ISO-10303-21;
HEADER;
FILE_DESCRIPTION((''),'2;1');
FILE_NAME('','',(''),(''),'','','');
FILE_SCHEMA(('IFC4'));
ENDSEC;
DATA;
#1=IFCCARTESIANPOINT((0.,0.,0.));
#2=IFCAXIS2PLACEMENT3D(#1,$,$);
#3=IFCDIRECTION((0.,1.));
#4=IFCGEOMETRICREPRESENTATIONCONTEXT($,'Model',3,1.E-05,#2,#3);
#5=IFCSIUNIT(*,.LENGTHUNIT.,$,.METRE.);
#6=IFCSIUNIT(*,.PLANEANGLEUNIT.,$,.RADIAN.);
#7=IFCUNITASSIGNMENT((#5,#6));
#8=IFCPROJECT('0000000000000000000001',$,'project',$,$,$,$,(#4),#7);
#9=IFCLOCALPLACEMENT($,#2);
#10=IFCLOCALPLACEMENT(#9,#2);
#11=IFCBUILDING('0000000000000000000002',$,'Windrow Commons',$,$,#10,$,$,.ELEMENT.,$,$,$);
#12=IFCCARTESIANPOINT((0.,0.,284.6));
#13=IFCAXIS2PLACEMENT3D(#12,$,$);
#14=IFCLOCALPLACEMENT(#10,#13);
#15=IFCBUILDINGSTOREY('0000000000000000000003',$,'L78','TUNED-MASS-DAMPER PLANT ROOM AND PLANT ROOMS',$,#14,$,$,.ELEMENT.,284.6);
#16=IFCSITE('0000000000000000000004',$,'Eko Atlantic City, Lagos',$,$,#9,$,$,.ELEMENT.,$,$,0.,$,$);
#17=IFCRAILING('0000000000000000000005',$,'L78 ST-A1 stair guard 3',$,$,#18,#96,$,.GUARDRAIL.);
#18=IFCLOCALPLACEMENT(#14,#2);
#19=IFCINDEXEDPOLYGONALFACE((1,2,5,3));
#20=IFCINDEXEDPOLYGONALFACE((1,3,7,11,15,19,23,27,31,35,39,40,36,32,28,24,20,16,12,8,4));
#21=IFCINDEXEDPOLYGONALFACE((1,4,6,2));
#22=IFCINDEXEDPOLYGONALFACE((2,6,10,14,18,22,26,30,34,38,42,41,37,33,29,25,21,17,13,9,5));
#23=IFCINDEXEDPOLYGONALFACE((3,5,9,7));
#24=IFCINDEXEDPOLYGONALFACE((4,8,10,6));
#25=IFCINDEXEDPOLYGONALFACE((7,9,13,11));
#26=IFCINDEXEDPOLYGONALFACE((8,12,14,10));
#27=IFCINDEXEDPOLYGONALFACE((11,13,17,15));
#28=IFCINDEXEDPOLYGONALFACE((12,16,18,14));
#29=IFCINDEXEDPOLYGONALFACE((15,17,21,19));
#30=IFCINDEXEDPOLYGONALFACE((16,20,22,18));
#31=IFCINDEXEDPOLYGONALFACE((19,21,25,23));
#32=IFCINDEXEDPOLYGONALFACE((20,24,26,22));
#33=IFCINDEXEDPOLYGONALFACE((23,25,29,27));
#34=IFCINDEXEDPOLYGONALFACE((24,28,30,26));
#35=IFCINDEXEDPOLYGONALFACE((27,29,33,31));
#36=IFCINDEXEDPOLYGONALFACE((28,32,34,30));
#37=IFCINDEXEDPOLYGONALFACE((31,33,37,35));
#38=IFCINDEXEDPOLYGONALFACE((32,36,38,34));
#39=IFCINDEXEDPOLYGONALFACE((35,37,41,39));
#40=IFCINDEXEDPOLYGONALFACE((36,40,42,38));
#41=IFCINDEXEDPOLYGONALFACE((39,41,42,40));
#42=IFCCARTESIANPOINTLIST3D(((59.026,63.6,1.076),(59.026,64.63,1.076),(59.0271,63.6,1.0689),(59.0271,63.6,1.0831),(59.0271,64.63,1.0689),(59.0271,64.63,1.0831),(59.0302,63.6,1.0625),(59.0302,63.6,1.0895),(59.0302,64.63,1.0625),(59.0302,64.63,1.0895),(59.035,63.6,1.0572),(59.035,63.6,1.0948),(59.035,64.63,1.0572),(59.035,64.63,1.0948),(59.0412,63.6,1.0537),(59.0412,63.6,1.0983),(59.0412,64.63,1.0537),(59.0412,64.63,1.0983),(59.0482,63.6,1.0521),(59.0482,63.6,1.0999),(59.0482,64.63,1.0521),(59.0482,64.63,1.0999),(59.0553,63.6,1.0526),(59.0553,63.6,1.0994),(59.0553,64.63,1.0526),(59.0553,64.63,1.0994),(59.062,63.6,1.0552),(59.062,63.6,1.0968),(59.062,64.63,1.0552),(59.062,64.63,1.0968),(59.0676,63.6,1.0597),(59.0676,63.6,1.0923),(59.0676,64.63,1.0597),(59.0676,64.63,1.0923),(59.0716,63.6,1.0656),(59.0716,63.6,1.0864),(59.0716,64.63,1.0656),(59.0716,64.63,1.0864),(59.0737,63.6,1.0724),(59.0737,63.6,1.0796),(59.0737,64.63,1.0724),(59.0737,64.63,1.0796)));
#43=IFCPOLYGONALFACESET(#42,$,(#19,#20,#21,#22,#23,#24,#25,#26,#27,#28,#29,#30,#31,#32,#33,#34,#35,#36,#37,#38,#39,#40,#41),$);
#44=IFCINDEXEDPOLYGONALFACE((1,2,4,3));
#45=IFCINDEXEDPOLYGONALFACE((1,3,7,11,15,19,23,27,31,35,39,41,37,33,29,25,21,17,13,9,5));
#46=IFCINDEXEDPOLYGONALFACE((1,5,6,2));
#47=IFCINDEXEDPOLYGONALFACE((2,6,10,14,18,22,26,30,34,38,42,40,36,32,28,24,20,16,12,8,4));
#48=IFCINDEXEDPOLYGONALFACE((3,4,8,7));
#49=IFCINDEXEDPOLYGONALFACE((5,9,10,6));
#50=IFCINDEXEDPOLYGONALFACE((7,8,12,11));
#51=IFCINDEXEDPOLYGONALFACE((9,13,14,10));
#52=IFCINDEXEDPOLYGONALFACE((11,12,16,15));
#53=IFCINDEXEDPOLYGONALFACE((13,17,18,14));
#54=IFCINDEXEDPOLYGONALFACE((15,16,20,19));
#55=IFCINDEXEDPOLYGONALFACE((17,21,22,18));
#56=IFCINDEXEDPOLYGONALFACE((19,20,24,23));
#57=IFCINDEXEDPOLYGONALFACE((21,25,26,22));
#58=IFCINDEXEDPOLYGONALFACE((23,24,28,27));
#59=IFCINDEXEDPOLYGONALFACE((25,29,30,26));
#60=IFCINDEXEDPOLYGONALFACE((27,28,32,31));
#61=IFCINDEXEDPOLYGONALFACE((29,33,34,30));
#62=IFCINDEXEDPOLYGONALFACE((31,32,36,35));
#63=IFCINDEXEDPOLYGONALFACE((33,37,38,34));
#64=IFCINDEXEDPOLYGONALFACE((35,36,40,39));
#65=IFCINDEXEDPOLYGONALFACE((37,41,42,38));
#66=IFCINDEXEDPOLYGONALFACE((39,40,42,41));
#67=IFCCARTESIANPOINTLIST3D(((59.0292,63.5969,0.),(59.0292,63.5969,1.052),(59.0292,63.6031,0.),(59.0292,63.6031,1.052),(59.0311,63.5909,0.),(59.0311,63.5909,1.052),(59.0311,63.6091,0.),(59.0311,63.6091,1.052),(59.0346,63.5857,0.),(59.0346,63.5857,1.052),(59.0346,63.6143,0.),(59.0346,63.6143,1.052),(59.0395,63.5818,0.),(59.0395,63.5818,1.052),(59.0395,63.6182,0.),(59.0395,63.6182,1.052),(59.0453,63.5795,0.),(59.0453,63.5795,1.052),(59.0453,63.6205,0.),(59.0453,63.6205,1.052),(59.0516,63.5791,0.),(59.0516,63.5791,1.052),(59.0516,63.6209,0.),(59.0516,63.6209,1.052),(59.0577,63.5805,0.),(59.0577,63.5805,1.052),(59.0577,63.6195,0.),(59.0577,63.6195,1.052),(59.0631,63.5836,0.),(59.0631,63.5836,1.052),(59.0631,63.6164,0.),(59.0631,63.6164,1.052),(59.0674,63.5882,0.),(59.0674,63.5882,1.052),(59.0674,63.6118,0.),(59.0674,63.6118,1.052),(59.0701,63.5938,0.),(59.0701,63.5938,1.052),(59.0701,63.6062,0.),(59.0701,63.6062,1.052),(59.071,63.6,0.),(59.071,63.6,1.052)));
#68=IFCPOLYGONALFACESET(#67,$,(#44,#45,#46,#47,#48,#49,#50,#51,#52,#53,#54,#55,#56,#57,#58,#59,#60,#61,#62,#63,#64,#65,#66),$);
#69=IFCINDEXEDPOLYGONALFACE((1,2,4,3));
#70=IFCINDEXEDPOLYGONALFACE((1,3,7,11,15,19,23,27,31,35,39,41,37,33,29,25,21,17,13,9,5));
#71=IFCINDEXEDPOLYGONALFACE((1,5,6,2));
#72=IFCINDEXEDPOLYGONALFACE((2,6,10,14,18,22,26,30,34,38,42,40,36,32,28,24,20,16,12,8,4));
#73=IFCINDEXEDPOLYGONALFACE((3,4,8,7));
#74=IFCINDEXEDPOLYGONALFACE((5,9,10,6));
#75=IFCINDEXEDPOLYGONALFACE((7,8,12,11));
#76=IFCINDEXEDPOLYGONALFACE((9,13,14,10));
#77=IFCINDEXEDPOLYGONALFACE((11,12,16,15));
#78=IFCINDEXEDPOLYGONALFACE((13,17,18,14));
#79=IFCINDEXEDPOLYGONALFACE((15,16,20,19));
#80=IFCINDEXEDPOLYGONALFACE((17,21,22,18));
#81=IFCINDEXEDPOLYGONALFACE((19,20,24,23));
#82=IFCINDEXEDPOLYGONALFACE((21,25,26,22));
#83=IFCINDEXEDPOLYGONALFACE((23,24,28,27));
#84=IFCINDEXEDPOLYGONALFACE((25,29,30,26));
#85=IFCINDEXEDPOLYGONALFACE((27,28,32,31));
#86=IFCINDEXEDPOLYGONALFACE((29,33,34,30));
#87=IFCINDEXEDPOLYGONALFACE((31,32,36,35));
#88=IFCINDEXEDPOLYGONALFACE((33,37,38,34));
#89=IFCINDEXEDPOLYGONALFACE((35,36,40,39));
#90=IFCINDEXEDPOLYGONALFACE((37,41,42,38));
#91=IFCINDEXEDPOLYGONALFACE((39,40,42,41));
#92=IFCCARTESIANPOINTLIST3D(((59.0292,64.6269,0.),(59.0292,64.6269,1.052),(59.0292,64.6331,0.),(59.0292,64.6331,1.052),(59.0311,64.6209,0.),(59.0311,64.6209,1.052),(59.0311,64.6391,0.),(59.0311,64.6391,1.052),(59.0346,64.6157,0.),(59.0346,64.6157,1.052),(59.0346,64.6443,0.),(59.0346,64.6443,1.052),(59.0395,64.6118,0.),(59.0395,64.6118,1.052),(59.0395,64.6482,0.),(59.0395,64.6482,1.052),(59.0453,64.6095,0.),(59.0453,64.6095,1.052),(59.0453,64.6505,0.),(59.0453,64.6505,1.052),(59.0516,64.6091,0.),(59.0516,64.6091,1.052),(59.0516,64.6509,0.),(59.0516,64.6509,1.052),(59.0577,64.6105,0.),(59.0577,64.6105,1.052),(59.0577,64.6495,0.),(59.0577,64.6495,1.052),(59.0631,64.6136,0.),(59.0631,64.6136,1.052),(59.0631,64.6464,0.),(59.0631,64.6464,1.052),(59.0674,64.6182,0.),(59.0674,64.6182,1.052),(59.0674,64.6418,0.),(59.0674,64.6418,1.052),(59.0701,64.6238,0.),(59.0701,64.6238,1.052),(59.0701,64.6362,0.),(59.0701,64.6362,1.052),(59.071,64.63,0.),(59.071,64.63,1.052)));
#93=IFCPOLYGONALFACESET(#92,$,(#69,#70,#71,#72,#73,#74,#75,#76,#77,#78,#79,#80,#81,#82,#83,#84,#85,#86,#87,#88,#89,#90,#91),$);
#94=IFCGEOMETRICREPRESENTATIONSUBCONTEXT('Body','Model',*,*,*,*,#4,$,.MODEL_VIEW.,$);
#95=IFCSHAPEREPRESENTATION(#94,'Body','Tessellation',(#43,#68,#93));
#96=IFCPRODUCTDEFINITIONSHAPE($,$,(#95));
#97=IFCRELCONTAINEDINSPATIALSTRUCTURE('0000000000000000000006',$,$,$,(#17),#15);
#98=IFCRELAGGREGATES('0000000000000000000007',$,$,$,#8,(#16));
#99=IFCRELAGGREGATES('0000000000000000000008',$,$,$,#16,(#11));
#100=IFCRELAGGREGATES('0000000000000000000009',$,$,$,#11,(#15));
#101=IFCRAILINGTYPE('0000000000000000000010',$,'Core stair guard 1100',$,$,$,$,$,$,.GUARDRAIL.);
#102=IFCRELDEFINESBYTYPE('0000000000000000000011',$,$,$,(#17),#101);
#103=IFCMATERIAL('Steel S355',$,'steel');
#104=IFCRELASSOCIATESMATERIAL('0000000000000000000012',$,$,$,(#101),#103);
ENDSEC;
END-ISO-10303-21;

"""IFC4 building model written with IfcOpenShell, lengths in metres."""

from ifc_helpers import new_model, si_unit, direction, frame, origin, origin_2d, place, context, subcontext, project, spatial, circle, extrude, material, type_object, element, save


model = new_model("IFC4")

# Units and contexts
model_context = context("Model", 3, precision=1e-05, world=origin(), true_north=direction((0.0, 1.0)))
body_context = subcontext(model_context, "Body", "Model", "MODEL_VIEW")
ifc_project = project(units=[si_unit("LENGTHUNIT", "METRE"), si_unit("PLANEANGLEUNIT", "RADIAN")], contexts=[model_context])

# Site, building, storey
site_placement = place(None, origin())
site = spatial("IfcSite", under=ifc_project, at=site_placement, Name="Eko Atlantic City, Lagos", CompositionType="ELEMENT", RefElevation=0.0)
building_placement = place(site_placement, origin())
building = spatial("IfcBuilding", under=site, at=building_placement, Name="Windrow Commons", CompositionType="ELEMENT")
storey_placement = place(building_placement, frame((0.0, 0.0, 284.6)))
storey = spatial("IfcBuildingStorey", under=building, at=storey_placement, Name="L78", Description="TUNED-MASS-DAMPER PLANT ROOM AND PLANT ROOMS", CompositionType="ELEMENT", Elevation=284.6)

# Railing
ifc_material_1 = material(Name="Steel S355", Category="steel")
railing_type_1 = type_object("IfcRailingType", Name="Core stair guard 1100", PredefinedType="GUARDRAIL", material=ifc_material_1)
railing_1_placement = place(storey_placement, frame((59.05, 63.6, 0.0)))
element("IfcRailing", 1, at=railing_1_placement, inside=storey, type_object=railing_type_1, Name="L78 ST-A1 stair guard 3", PredefinedType="GUARDRAIL", context=body_context, shape_type="SweptSolid", body=[
    extrude(circle(Radius=0.024, at=origin_2d()), frame((0.0, 0.0, 1.076), z_axis=(0.0, 1.0, 0.0), x_axis=(-1.0, 0.0, 0.0)), (0.0, 0.0, 1.0), 1.03),
    extrude(circle(Radius=0.021, at=origin_2d()), origin(), (0.0, 0.0, 1.0), 1.052),
    extrude(circle(Radius=0.021, at=origin_2d()), frame((0.0, 1.03, 0.0)), (0.0, 0.0, 1.0), 1.052),
])

save(model, "model.ifc")
